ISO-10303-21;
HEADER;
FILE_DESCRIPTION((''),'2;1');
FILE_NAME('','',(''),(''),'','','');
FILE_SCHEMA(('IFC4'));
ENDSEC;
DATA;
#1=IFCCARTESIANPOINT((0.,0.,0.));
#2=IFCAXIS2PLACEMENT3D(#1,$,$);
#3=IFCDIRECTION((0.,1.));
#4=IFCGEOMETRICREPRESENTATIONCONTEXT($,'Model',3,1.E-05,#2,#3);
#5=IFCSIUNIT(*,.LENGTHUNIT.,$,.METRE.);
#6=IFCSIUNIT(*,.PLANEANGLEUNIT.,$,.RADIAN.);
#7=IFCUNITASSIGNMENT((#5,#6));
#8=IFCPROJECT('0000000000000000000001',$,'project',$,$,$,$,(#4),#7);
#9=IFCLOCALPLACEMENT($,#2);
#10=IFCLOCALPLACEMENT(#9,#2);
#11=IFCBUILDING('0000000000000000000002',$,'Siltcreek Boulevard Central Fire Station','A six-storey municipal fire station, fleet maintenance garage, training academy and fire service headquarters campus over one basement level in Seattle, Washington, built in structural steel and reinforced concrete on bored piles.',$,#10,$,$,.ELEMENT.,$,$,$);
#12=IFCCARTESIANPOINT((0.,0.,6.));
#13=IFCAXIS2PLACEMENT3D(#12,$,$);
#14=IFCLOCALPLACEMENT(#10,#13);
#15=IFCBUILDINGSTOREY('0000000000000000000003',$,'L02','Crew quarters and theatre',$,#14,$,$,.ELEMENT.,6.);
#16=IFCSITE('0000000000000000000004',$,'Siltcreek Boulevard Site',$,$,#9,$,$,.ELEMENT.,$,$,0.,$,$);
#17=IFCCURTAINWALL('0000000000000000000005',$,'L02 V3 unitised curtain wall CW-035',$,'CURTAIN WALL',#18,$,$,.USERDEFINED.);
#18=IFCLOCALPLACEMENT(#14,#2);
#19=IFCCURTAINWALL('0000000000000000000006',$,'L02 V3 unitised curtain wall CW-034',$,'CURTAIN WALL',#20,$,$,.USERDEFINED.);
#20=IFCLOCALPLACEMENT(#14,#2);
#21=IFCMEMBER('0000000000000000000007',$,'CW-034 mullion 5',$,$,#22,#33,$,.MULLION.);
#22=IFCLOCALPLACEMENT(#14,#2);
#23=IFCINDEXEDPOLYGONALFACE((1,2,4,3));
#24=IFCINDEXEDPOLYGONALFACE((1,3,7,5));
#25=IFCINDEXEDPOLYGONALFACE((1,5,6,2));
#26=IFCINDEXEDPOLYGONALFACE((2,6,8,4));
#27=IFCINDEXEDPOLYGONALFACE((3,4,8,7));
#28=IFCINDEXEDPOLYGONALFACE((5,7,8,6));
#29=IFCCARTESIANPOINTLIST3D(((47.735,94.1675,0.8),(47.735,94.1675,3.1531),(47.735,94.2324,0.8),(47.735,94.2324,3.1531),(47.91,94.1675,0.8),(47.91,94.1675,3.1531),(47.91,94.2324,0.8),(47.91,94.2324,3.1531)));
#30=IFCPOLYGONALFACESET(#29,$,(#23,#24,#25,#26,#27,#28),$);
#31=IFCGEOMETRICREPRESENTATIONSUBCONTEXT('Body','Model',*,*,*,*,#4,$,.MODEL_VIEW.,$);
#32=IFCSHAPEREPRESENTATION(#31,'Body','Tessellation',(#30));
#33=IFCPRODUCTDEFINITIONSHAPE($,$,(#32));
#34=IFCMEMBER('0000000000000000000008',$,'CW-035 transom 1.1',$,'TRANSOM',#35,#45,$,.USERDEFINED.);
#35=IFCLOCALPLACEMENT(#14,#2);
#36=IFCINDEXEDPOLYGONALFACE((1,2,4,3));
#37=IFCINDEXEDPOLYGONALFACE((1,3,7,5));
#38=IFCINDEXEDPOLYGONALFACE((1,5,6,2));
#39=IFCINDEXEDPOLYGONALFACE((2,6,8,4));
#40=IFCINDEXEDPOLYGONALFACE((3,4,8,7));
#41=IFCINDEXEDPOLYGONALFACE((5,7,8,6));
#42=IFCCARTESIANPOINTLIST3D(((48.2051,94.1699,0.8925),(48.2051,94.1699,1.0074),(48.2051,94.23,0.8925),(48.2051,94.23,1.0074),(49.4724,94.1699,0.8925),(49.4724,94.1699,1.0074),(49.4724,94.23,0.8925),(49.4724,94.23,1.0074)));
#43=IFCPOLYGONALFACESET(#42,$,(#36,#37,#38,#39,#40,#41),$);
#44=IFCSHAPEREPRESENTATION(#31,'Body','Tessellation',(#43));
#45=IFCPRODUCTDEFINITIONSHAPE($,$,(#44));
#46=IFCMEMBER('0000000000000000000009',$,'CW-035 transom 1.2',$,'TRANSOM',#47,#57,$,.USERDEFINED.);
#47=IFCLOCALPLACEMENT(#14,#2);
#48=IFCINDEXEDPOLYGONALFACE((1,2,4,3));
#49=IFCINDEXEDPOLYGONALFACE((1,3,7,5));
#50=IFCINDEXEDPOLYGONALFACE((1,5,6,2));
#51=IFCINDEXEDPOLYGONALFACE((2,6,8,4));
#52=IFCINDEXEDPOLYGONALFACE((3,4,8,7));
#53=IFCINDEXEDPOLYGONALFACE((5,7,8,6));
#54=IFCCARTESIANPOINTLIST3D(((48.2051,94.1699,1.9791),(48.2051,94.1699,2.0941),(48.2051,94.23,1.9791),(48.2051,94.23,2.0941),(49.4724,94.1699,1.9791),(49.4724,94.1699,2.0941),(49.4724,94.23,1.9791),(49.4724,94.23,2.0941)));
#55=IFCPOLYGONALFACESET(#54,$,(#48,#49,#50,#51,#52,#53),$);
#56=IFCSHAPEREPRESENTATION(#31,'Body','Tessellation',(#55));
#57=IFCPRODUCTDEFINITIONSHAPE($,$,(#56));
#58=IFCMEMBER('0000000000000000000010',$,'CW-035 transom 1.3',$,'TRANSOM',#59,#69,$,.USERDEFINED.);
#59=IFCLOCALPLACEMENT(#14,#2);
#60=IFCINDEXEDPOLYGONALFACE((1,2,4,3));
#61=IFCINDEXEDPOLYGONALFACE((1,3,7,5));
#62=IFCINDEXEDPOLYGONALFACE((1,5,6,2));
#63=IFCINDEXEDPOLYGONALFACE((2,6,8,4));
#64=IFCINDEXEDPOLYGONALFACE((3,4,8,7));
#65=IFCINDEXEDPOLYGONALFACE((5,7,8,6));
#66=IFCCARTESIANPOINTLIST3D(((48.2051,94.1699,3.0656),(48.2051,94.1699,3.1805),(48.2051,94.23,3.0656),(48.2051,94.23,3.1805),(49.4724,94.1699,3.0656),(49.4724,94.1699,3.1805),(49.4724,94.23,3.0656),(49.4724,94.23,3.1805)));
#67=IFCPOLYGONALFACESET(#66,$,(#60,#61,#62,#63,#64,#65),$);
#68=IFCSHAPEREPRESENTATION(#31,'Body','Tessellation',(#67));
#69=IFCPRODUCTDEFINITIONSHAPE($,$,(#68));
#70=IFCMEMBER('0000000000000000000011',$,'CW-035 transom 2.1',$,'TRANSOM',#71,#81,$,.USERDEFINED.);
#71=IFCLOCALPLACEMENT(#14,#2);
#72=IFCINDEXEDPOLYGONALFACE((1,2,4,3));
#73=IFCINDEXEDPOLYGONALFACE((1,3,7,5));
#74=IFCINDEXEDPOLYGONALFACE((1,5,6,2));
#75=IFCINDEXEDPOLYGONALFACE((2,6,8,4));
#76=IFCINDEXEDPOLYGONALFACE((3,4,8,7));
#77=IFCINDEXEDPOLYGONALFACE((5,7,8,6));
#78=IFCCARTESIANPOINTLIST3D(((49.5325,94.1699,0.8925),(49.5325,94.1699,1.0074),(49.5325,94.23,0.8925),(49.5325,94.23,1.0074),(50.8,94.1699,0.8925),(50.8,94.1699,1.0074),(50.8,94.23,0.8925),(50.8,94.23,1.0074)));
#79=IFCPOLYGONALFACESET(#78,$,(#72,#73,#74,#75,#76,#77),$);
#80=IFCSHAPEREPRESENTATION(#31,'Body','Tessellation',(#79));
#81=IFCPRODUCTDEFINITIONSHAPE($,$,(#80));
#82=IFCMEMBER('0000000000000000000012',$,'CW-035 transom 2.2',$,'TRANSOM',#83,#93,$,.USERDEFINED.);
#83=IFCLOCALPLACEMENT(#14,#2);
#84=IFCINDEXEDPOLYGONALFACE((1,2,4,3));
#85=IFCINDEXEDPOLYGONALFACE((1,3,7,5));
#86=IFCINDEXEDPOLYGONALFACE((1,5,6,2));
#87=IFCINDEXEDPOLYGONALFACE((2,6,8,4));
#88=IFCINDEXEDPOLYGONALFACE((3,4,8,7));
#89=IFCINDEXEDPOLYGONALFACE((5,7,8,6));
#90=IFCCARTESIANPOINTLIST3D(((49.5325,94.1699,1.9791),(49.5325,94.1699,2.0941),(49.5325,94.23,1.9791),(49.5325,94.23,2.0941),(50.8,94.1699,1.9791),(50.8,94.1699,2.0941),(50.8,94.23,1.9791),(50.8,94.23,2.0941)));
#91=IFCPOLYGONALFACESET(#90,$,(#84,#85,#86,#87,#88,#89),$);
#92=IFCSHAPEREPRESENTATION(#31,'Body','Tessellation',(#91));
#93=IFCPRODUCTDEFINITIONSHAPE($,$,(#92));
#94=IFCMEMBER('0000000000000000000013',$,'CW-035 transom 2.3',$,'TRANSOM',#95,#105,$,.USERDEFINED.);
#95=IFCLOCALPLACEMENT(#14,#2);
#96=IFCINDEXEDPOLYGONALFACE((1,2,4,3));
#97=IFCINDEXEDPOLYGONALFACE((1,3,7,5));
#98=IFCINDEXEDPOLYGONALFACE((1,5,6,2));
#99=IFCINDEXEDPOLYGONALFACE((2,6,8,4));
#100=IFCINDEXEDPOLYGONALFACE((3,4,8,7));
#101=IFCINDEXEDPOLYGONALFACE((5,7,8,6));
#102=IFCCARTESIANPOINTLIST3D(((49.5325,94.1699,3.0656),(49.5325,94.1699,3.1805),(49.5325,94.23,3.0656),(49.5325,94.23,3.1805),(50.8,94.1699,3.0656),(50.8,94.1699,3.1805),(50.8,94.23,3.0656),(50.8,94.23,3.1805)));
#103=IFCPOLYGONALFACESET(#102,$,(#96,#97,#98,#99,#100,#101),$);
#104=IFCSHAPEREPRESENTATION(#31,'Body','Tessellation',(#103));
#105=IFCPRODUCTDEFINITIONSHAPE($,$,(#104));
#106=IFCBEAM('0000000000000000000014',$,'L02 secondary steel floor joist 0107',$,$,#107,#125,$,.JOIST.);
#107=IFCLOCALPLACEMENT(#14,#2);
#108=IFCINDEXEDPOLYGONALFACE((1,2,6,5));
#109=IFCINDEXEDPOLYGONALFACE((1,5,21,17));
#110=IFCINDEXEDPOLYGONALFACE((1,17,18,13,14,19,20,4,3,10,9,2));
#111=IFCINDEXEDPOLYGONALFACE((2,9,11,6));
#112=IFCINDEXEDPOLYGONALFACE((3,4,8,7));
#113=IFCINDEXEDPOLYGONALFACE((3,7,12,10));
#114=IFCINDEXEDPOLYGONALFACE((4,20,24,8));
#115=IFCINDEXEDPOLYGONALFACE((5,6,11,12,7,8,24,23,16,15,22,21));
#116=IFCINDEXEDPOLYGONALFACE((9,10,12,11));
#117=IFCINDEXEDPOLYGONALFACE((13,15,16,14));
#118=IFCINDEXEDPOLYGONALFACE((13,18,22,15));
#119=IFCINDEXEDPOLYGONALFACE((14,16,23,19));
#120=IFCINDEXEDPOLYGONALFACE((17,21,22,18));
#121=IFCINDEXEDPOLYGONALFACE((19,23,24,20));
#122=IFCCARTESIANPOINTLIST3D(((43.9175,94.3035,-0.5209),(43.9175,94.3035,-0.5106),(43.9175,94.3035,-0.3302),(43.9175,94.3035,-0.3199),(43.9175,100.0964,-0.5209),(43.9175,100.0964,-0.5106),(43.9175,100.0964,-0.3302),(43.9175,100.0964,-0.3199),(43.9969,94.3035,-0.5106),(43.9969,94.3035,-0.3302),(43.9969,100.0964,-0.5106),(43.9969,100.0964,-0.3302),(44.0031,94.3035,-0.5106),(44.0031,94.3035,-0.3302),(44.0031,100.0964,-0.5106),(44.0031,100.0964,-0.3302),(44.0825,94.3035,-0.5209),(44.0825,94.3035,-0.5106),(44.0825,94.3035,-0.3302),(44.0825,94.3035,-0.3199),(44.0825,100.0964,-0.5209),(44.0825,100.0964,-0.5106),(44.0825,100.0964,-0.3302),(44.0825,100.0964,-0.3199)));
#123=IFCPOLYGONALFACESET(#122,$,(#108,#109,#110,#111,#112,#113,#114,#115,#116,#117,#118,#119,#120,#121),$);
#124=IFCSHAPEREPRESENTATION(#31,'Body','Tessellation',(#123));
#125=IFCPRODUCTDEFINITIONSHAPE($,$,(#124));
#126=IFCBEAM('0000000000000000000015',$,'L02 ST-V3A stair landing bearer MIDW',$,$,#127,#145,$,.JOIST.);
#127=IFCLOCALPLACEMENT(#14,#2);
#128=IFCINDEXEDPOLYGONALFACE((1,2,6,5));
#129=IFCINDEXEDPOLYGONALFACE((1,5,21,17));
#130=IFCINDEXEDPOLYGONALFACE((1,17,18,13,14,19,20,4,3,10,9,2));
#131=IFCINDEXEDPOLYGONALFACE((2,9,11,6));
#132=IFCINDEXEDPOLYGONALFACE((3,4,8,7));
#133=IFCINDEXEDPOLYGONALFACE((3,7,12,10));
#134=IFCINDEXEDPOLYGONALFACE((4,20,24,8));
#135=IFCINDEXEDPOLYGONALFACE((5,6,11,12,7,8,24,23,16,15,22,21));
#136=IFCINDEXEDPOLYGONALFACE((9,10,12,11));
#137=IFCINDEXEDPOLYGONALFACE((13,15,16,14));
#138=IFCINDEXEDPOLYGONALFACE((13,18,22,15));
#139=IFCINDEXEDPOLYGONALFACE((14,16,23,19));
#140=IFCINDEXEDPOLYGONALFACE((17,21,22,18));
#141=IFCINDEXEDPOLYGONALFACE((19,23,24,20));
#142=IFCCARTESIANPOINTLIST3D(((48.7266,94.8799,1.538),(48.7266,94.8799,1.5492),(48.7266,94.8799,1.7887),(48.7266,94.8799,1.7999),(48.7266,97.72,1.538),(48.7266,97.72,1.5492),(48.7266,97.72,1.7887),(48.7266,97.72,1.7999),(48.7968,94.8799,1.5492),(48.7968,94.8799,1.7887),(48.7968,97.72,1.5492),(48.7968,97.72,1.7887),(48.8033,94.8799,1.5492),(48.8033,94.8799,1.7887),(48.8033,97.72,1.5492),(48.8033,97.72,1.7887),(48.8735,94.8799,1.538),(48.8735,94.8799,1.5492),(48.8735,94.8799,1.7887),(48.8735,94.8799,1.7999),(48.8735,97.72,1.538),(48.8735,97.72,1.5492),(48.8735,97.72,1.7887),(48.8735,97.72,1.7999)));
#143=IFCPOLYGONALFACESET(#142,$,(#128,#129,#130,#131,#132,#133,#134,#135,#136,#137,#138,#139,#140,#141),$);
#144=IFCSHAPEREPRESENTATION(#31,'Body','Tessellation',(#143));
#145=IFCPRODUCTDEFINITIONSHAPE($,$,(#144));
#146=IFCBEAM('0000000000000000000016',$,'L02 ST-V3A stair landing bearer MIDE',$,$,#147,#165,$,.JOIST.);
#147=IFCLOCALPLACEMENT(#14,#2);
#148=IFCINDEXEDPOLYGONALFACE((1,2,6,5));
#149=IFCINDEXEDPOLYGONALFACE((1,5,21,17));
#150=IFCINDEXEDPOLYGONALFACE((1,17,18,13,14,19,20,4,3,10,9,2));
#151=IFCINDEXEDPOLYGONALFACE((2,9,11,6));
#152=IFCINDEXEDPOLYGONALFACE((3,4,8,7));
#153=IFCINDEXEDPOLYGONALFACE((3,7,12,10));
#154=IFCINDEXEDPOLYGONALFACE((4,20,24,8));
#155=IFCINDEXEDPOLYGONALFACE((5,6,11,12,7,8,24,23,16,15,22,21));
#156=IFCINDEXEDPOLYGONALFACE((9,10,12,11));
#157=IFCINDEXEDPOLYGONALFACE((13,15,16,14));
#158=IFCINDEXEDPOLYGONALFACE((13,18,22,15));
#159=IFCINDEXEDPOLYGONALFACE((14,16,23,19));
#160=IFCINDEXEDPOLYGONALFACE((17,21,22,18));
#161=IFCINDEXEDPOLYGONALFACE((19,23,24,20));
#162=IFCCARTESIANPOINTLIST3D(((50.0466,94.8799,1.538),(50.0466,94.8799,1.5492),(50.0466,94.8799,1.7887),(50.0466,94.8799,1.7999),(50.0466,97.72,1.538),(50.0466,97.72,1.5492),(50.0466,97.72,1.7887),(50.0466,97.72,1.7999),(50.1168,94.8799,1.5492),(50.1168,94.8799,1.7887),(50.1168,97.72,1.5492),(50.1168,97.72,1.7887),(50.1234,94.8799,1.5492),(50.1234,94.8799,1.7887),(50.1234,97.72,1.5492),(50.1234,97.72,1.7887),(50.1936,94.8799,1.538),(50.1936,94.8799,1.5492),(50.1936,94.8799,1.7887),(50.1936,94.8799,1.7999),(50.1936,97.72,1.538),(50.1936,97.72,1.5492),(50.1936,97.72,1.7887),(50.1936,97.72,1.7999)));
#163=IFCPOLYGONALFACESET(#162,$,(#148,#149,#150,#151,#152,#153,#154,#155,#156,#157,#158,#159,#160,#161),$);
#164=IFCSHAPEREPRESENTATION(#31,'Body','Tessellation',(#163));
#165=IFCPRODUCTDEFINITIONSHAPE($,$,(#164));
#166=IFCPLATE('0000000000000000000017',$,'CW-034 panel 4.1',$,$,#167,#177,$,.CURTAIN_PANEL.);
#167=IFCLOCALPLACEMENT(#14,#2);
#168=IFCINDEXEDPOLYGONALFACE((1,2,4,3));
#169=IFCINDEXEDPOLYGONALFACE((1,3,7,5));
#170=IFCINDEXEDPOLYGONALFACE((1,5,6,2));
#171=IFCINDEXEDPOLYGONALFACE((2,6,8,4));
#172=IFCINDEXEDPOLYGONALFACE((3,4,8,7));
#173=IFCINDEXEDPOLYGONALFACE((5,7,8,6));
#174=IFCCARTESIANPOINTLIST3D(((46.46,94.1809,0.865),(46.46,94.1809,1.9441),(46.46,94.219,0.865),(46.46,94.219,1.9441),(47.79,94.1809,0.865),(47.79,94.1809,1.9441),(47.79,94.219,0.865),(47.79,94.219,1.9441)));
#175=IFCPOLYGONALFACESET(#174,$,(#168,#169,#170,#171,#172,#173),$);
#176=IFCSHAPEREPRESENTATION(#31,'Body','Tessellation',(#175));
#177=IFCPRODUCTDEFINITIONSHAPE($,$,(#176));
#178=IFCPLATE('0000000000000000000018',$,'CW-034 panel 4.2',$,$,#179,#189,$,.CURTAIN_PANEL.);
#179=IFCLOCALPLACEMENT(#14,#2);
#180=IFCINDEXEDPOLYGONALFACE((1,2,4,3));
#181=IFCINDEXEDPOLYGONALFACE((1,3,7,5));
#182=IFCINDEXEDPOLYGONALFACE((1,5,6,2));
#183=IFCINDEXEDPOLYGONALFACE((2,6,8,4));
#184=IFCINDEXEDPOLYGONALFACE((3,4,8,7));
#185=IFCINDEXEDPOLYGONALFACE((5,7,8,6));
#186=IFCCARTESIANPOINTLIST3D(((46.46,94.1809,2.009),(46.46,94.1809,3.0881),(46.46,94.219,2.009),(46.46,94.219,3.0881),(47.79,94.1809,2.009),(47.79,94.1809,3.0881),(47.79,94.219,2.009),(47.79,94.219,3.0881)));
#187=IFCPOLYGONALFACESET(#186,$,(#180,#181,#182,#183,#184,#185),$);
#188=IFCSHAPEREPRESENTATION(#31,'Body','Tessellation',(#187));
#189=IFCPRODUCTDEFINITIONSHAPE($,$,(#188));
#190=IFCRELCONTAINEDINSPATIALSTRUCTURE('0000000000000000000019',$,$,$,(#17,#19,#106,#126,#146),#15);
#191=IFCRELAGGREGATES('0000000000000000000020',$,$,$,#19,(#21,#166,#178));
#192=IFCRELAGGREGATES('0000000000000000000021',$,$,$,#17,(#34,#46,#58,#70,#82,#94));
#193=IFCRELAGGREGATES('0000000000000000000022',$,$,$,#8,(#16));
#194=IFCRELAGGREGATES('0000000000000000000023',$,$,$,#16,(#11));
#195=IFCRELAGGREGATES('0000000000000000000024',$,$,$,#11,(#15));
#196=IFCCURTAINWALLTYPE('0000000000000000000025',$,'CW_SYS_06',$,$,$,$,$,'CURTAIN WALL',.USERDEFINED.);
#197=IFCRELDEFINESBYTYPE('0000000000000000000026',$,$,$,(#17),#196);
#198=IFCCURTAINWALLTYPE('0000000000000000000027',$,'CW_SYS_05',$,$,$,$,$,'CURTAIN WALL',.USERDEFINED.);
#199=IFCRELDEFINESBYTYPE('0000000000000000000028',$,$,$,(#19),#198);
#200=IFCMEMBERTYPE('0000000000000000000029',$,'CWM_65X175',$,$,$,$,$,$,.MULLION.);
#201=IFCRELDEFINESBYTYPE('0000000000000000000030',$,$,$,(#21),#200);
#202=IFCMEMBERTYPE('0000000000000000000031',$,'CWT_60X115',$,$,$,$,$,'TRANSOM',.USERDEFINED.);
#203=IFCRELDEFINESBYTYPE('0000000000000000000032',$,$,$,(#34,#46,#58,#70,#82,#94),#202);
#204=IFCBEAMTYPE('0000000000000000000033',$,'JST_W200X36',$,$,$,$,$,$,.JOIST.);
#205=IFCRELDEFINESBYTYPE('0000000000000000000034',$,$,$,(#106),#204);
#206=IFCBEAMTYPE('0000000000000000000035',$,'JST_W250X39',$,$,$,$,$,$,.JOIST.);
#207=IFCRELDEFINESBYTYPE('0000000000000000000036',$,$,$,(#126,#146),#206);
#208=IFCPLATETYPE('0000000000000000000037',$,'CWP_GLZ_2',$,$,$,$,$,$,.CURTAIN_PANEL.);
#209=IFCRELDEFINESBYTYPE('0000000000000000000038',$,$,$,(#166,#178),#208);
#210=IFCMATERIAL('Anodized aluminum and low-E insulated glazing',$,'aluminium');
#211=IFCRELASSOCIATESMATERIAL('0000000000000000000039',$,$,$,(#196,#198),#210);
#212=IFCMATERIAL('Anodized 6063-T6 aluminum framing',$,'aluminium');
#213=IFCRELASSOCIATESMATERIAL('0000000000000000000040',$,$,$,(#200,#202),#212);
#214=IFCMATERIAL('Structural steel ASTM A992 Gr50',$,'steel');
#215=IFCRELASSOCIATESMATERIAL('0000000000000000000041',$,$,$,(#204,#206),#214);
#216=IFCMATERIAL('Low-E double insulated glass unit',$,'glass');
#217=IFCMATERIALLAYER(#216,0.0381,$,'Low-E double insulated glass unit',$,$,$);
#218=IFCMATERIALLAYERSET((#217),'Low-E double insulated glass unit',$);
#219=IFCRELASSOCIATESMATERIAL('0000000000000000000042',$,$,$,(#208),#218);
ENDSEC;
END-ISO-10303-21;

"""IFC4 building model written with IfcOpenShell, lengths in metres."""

from ifc_helpers import new_model, si_unit, direction, frame, origin, origin_2d, place, context, subcontext, project, spatial, rectangle, i_section, extrude, material, layer, layer_set, material_profile, profile_set, type_object, element, aggregate, save


model = new_model("IFC4")

# Units and contexts
model_context = context("Model", 3, precision=1e-05, world=origin(), true_north=direction((0.0, 1.0)))
body_context = subcontext(model_context, "Body", "Model", "MODEL_VIEW")
ifc_project = project(units=[si_unit("LENGTHUNIT", "METRE"), si_unit("PLANEANGLEUNIT", "RADIAN")], contexts=[model_context])

# Site, building, storey
site_placement = place(None, origin())
site = spatial("IfcSite", under=ifc_project, at=site_placement, Name="Siltcreek Boulevard Site", CompositionType="ELEMENT", RefElevation=0.0)
building_placement = place(site_placement, origin())
building = spatial("IfcBuilding", under=site, at=building_placement, Name="Siltcreek Boulevard Central Fire Station", Description="A six-storey municipal fire station, fleet maintenance garage, training academy and fire service headquarters campus over one basement level in Seattle, Washington, built in structural steel and reinforced concrete on bored piles.", CompositionType="ELEMENT")
storey_placement = place(building_placement, frame((0.0, 0.0, 6.0)))
storey = spatial("IfcBuildingStorey", under=building, at=storey_placement, Name="L02", Description="Crew quarters and theatre", CompositionType="ELEMENT", Elevation=6.0)

# Shared definitions
ifc_material_1 = material(Name="Structural steel ASTM A992 Gr50", Category="steel")

# Curtain wall
ifc_material_2 = material(Name="Anodized aluminum and low-E insulated glazing", Category="aluminium")
curtain_wall_type_1 = type_object("IfcCurtainWallType", Name="CW_SYS_06", ElementType="CURTAIN WALL", PredefinedType="USERDEFINED", material=ifc_material_2)
curtain_wall_1_placement = place(storey_placement, origin())
curtain_wall_1 = element("IfcCurtainWall", 1, at=curtain_wall_1_placement, inside=storey, type_object=curtain_wall_type_1, Name="L02 V3 unitised curtain wall CW-035", ObjectType="CURTAIN WALL", PredefinedType="USERDEFINED")
ifc_material_3 = material(Name="Anodized 6063-T6 aluminum framing", Category="aluminium")

# Curtain wall, member
curtain_wall_type_2 = type_object("IfcCurtainWallType", Name="CW_SYS_05", ElementType="CURTAIN WALL", PredefinedType="USERDEFINED", material=ifc_material_2)
curtain_wall_2_placement = place(storey_placement, origin())
curtain_wall_2 = element("IfcCurtainWall", 2, at=curtain_wall_2_placement, inside=storey, type_object=curtain_wall_type_2, Name="L02 V3 unitised curtain wall CW-034", ObjectType="CURTAIN WALL", PredefinedType="USERDEFINED")
ifc_material_profile_1 = material_profile(ifc_material_3, rectangle(XDim=0.0649, YDim=0.175, at=origin_2d()), Name="MULL65X175")
ifc_profile_set_1 = profile_set([ifc_material_profile_1], Name="Anodized 6063-T6 aluminum framing")
member_type_1 = type_object("IfcMemberType", Name="CWM_65X175", PredefinedType="MULLION", material=ifc_profile_set_1)
member_1_placement = place(storey_placement, frame((47.8225, 94.2, 0.8), z_axis=(0.0, 0.0, 1.0), x_axis=(0.0, 1.0, 0.0)))
member_1 = element("IfcMember", 3, at=member_1_placement, type_object=member_type_1, Name="CW-034 mullion 5", PredefinedType="MULLION", context=body_context, shape_type="SweptSolid", body=[
    extrude(rectangle(XDim=0.0649, YDim=0.175, at=origin_2d()), origin(), (0.0, 0.0, 1.0), 2.353),
])

# Members
ifc_material_profile_2 = material_profile(ifc_material_3, rectangle(XDim=0.0601, YDim=0.115, at=origin_2d()), Name="TRAN60X115")
ifc_profile_set_2 = profile_set([ifc_material_profile_2], Name="Anodized 6063-T6 aluminum framing")
member_type_2 = type_object("IfcMemberType", Name="CWT_60X115", ElementType="TRANSOM", PredefinedType="USERDEFINED", material=ifc_profile_set_2)
member_2_placement = place(storey_placement, frame((48.2051, 94.2, 0.95), z_axis=(1.0, 0.0, 0.0), x_axis=(0.0, 1.0, 0.0)))
member_2 = element("IfcMember", 4, at=member_2_placement, type_object=member_type_2, Name="CW-035 transom 1.1", ObjectType="TRANSOM", PredefinedType="USERDEFINED", context=body_context, shape_type="SweptSolid", body=[
    extrude(rectangle(XDim=0.0601, YDim=0.115, at=origin_2d()), origin(), (0.0, 0.0, 1.0), 1.2673),
])
member_3_placement = place(storey_placement, frame((48.2051, 94.2, 2.0366), z_axis=(1.0, 0.0, 0.0), x_axis=(0.0, 1.0, 0.0)))
member_3 = element("IfcMember", 5, at=member_3_placement, type_object=member_type_2, Name="CW-035 transom 1.2", ObjectType="TRANSOM", PredefinedType="USERDEFINED", context=body_context, shape_type="SweptSolid", body=[
    extrude(rectangle(XDim=0.0601, YDim=0.115, at=origin_2d()), origin(), (0.0, 0.0, 1.0), 1.2673),
])
member_4_placement = place(storey_placement, frame((48.2051, 94.2, 3.123), z_axis=(1.0, 0.0, 0.0), x_axis=(0.0, 1.0, 0.0)))
member_4 = element("IfcMember", 6, at=member_4_placement, type_object=member_type_2, Name="CW-035 transom 1.3", ObjectType="TRANSOM", PredefinedType="USERDEFINED", context=body_context, shape_type="SweptSolid", body=[
    extrude(rectangle(XDim=0.0601, YDim=0.115, at=origin_2d()), origin(), (0.0, 0.0, 1.0), 1.2673),
])
member_5_placement = place(storey_placement, frame((49.5325, 94.2, 0.95), z_axis=(1.0, 0.0, 0.0), x_axis=(0.0, 1.0, 0.0)))
member_5 = element("IfcMember", 7, at=member_5_placement, type_object=member_type_2, Name="CW-035 transom 2.1", ObjectType="TRANSOM", PredefinedType="USERDEFINED", context=body_context, shape_type="SweptSolid", body=[
    extrude(rectangle(XDim=0.0601, YDim=0.115, at=origin_2d()), origin(), (0.0, 0.0, 1.0), 1.2676),
])
member_6_placement = place(storey_placement, frame((49.5325, 94.2, 2.0366), z_axis=(1.0, 0.0, 0.0), x_axis=(0.0, 1.0, 0.0)))
member_6 = element("IfcMember", 8, at=member_6_placement, type_object=member_type_2, Name="CW-035 transom 2.2", ObjectType="TRANSOM", PredefinedType="USERDEFINED", context=body_context, shape_type="SweptSolid", body=[
    extrude(rectangle(XDim=0.0601, YDim=0.115, at=origin_2d()), origin(), (0.0, 0.0, 1.0), 1.2676),
])
member_7_placement = place(storey_placement, frame((49.5325, 94.2, 3.123), z_axis=(1.0, 0.0, 0.0), x_axis=(0.0, 1.0, 0.0)))
member_7 = element("IfcMember", 9, at=member_7_placement, type_object=member_type_2, Name="CW-035 transom 2.3", ObjectType="TRANSOM", PredefinedType="USERDEFINED", context=body_context, shape_type="SweptSolid", body=[
    extrude(rectangle(XDim=0.0601, YDim=0.115, at=origin_2d()), origin(), (0.0, 0.0, 1.0), 1.2676),
])

# Beams
ifc_material_profile_3 = material_profile(ifc_material_1, i_section(OverallWidth=0.165, OverallDepth=0.2009, WebThickness=0.0061, FlangeThickness=0.0103, at=origin_2d()), Name="W200X36")
ifc_profile_set_3 = profile_set([ifc_material_profile_3], Name="Structural steel ASTM A992 Gr50")
beam_type_1 = type_object("IfcBeamType", Name="JST_W200X36", PredefinedType="JOIST", material=ifc_profile_set_3)
beam_1_placement = place(storey_placement, frame((44.0, 94.3035, -0.4204), z_axis=(0.0, 1.0, 0.0), x_axis=(-1.0, 0.0, 0.0)))
element("IfcBeam", 10, at=beam_1_placement, inside=storey, type_object=beam_type_1, Name="L02 secondary steel floor joist 0107", PredefinedType="JOIST", context=body_context, shape_type="SweptSolid", body=[
    extrude(i_section(OverallWidth=0.165, OverallDepth=0.2009, WebThickness=0.0061, FlangeThickness=0.0103, at=origin_2d()), origin(), (0.0, 0.0, 1.0), 5.793),
])
ifc_material_profile_4 = material_profile(ifc_material_1, i_section(OverallWidth=0.147, OverallDepth=0.262, WebThickness=0.0066, FlangeThickness=0.0112, at=origin_2d()), Name="W250X39")
ifc_profile_set_4 = profile_set([ifc_material_profile_4], Name="Structural steel ASTM A992 Gr50")
beam_type_2 = type_object("IfcBeamType", Name="JST_W250X39", PredefinedType="JOIST", material=ifc_profile_set_4)
for number, where, z_axis, x_axis, name in (
    (11, (48.8, 94.8799, 1.6689), (0.0, 1.0, 0.0), (-1.0, 0.0, 0.0), "L02 ST-V3A stair landing bearer MIDW"),
    (12, (50.1201, 94.8799, 1.6689), (0.0, 1.0, 0.0), (-1.0, 0.0, 0.0), "L02 ST-V3A stair landing bearer MIDE"),
):
    element("IfcBeam", number, at=place(storey_placement, frame(where, z_axis=z_axis, x_axis=x_axis)), inside=storey, type_object=beam_type_2, Name=name, PredefinedType="JOIST", context=body_context, shape_type="SweptSolid", body=[
        extrude(i_section(OverallWidth=0.147, OverallDepth=0.262, WebThickness=0.0066, FlangeThickness=0.0112, at=origin_2d()), origin(), (0.0, 0.0, 1.0), 2.8401),
    ])

# Plates
ifc_material_4 = material(Name="Low-E double insulated glass unit", Category="glass")
ifc_layer_1 = layer(ifc_material_4, 0.0381, Name="Low-E double insulated glass unit")
ifc_layer_set_1 = layer_set([ifc_layer_1], Name="Low-E double insulated glass unit")
plate_type_1 = type_object("IfcPlateType", Name="CWP_GLZ_2", PredefinedType="CURTAIN_PANEL", material=ifc_layer_set_1)
plate_1_placement = place(storey_placement, frame((47.125, 94.2, 0.865), z_axis=(0.0, 0.0, 1.0), x_axis=(1.0, 0.0, 0.0)))
plate_1 = element("IfcPlate", 13, at=plate_1_placement, type_object=plate_type_1, Name="CW-034 panel 4.1", PredefinedType="CURTAIN_PANEL", context=body_context, shape_type="SweptSolid", body=[
    extrude(rectangle(XDim=1.3301, YDim=0.0381, at=origin_2d()), origin(), (0.0, 0.0, 1.0), 1.0791),
])
plate_2_placement = place(storey_placement, frame((47.125, 94.2, 2.009), z_axis=(0.0, 0.0, 1.0), x_axis=(1.0, 0.0, 0.0)))
plate_2 = element("IfcPlate", 14, at=plate_2_placement, type_object=plate_type_1, Name="CW-034 panel 4.2", PredefinedType="CURTAIN_PANEL", context=body_context, shape_type="SweptSolid", body=[
    extrude(rectangle(XDim=1.3301, YDim=0.0381, at=origin_2d()), origin(), (0.0, 0.0, 1.0), 1.0791),
])
aggregate(curtain_wall_2, [member_1, plate_1, plate_2])
aggregate(curtain_wall_1, [member_2, member_3, member_4, member_5, member_6, member_7])

save(model, "model.ifc")
